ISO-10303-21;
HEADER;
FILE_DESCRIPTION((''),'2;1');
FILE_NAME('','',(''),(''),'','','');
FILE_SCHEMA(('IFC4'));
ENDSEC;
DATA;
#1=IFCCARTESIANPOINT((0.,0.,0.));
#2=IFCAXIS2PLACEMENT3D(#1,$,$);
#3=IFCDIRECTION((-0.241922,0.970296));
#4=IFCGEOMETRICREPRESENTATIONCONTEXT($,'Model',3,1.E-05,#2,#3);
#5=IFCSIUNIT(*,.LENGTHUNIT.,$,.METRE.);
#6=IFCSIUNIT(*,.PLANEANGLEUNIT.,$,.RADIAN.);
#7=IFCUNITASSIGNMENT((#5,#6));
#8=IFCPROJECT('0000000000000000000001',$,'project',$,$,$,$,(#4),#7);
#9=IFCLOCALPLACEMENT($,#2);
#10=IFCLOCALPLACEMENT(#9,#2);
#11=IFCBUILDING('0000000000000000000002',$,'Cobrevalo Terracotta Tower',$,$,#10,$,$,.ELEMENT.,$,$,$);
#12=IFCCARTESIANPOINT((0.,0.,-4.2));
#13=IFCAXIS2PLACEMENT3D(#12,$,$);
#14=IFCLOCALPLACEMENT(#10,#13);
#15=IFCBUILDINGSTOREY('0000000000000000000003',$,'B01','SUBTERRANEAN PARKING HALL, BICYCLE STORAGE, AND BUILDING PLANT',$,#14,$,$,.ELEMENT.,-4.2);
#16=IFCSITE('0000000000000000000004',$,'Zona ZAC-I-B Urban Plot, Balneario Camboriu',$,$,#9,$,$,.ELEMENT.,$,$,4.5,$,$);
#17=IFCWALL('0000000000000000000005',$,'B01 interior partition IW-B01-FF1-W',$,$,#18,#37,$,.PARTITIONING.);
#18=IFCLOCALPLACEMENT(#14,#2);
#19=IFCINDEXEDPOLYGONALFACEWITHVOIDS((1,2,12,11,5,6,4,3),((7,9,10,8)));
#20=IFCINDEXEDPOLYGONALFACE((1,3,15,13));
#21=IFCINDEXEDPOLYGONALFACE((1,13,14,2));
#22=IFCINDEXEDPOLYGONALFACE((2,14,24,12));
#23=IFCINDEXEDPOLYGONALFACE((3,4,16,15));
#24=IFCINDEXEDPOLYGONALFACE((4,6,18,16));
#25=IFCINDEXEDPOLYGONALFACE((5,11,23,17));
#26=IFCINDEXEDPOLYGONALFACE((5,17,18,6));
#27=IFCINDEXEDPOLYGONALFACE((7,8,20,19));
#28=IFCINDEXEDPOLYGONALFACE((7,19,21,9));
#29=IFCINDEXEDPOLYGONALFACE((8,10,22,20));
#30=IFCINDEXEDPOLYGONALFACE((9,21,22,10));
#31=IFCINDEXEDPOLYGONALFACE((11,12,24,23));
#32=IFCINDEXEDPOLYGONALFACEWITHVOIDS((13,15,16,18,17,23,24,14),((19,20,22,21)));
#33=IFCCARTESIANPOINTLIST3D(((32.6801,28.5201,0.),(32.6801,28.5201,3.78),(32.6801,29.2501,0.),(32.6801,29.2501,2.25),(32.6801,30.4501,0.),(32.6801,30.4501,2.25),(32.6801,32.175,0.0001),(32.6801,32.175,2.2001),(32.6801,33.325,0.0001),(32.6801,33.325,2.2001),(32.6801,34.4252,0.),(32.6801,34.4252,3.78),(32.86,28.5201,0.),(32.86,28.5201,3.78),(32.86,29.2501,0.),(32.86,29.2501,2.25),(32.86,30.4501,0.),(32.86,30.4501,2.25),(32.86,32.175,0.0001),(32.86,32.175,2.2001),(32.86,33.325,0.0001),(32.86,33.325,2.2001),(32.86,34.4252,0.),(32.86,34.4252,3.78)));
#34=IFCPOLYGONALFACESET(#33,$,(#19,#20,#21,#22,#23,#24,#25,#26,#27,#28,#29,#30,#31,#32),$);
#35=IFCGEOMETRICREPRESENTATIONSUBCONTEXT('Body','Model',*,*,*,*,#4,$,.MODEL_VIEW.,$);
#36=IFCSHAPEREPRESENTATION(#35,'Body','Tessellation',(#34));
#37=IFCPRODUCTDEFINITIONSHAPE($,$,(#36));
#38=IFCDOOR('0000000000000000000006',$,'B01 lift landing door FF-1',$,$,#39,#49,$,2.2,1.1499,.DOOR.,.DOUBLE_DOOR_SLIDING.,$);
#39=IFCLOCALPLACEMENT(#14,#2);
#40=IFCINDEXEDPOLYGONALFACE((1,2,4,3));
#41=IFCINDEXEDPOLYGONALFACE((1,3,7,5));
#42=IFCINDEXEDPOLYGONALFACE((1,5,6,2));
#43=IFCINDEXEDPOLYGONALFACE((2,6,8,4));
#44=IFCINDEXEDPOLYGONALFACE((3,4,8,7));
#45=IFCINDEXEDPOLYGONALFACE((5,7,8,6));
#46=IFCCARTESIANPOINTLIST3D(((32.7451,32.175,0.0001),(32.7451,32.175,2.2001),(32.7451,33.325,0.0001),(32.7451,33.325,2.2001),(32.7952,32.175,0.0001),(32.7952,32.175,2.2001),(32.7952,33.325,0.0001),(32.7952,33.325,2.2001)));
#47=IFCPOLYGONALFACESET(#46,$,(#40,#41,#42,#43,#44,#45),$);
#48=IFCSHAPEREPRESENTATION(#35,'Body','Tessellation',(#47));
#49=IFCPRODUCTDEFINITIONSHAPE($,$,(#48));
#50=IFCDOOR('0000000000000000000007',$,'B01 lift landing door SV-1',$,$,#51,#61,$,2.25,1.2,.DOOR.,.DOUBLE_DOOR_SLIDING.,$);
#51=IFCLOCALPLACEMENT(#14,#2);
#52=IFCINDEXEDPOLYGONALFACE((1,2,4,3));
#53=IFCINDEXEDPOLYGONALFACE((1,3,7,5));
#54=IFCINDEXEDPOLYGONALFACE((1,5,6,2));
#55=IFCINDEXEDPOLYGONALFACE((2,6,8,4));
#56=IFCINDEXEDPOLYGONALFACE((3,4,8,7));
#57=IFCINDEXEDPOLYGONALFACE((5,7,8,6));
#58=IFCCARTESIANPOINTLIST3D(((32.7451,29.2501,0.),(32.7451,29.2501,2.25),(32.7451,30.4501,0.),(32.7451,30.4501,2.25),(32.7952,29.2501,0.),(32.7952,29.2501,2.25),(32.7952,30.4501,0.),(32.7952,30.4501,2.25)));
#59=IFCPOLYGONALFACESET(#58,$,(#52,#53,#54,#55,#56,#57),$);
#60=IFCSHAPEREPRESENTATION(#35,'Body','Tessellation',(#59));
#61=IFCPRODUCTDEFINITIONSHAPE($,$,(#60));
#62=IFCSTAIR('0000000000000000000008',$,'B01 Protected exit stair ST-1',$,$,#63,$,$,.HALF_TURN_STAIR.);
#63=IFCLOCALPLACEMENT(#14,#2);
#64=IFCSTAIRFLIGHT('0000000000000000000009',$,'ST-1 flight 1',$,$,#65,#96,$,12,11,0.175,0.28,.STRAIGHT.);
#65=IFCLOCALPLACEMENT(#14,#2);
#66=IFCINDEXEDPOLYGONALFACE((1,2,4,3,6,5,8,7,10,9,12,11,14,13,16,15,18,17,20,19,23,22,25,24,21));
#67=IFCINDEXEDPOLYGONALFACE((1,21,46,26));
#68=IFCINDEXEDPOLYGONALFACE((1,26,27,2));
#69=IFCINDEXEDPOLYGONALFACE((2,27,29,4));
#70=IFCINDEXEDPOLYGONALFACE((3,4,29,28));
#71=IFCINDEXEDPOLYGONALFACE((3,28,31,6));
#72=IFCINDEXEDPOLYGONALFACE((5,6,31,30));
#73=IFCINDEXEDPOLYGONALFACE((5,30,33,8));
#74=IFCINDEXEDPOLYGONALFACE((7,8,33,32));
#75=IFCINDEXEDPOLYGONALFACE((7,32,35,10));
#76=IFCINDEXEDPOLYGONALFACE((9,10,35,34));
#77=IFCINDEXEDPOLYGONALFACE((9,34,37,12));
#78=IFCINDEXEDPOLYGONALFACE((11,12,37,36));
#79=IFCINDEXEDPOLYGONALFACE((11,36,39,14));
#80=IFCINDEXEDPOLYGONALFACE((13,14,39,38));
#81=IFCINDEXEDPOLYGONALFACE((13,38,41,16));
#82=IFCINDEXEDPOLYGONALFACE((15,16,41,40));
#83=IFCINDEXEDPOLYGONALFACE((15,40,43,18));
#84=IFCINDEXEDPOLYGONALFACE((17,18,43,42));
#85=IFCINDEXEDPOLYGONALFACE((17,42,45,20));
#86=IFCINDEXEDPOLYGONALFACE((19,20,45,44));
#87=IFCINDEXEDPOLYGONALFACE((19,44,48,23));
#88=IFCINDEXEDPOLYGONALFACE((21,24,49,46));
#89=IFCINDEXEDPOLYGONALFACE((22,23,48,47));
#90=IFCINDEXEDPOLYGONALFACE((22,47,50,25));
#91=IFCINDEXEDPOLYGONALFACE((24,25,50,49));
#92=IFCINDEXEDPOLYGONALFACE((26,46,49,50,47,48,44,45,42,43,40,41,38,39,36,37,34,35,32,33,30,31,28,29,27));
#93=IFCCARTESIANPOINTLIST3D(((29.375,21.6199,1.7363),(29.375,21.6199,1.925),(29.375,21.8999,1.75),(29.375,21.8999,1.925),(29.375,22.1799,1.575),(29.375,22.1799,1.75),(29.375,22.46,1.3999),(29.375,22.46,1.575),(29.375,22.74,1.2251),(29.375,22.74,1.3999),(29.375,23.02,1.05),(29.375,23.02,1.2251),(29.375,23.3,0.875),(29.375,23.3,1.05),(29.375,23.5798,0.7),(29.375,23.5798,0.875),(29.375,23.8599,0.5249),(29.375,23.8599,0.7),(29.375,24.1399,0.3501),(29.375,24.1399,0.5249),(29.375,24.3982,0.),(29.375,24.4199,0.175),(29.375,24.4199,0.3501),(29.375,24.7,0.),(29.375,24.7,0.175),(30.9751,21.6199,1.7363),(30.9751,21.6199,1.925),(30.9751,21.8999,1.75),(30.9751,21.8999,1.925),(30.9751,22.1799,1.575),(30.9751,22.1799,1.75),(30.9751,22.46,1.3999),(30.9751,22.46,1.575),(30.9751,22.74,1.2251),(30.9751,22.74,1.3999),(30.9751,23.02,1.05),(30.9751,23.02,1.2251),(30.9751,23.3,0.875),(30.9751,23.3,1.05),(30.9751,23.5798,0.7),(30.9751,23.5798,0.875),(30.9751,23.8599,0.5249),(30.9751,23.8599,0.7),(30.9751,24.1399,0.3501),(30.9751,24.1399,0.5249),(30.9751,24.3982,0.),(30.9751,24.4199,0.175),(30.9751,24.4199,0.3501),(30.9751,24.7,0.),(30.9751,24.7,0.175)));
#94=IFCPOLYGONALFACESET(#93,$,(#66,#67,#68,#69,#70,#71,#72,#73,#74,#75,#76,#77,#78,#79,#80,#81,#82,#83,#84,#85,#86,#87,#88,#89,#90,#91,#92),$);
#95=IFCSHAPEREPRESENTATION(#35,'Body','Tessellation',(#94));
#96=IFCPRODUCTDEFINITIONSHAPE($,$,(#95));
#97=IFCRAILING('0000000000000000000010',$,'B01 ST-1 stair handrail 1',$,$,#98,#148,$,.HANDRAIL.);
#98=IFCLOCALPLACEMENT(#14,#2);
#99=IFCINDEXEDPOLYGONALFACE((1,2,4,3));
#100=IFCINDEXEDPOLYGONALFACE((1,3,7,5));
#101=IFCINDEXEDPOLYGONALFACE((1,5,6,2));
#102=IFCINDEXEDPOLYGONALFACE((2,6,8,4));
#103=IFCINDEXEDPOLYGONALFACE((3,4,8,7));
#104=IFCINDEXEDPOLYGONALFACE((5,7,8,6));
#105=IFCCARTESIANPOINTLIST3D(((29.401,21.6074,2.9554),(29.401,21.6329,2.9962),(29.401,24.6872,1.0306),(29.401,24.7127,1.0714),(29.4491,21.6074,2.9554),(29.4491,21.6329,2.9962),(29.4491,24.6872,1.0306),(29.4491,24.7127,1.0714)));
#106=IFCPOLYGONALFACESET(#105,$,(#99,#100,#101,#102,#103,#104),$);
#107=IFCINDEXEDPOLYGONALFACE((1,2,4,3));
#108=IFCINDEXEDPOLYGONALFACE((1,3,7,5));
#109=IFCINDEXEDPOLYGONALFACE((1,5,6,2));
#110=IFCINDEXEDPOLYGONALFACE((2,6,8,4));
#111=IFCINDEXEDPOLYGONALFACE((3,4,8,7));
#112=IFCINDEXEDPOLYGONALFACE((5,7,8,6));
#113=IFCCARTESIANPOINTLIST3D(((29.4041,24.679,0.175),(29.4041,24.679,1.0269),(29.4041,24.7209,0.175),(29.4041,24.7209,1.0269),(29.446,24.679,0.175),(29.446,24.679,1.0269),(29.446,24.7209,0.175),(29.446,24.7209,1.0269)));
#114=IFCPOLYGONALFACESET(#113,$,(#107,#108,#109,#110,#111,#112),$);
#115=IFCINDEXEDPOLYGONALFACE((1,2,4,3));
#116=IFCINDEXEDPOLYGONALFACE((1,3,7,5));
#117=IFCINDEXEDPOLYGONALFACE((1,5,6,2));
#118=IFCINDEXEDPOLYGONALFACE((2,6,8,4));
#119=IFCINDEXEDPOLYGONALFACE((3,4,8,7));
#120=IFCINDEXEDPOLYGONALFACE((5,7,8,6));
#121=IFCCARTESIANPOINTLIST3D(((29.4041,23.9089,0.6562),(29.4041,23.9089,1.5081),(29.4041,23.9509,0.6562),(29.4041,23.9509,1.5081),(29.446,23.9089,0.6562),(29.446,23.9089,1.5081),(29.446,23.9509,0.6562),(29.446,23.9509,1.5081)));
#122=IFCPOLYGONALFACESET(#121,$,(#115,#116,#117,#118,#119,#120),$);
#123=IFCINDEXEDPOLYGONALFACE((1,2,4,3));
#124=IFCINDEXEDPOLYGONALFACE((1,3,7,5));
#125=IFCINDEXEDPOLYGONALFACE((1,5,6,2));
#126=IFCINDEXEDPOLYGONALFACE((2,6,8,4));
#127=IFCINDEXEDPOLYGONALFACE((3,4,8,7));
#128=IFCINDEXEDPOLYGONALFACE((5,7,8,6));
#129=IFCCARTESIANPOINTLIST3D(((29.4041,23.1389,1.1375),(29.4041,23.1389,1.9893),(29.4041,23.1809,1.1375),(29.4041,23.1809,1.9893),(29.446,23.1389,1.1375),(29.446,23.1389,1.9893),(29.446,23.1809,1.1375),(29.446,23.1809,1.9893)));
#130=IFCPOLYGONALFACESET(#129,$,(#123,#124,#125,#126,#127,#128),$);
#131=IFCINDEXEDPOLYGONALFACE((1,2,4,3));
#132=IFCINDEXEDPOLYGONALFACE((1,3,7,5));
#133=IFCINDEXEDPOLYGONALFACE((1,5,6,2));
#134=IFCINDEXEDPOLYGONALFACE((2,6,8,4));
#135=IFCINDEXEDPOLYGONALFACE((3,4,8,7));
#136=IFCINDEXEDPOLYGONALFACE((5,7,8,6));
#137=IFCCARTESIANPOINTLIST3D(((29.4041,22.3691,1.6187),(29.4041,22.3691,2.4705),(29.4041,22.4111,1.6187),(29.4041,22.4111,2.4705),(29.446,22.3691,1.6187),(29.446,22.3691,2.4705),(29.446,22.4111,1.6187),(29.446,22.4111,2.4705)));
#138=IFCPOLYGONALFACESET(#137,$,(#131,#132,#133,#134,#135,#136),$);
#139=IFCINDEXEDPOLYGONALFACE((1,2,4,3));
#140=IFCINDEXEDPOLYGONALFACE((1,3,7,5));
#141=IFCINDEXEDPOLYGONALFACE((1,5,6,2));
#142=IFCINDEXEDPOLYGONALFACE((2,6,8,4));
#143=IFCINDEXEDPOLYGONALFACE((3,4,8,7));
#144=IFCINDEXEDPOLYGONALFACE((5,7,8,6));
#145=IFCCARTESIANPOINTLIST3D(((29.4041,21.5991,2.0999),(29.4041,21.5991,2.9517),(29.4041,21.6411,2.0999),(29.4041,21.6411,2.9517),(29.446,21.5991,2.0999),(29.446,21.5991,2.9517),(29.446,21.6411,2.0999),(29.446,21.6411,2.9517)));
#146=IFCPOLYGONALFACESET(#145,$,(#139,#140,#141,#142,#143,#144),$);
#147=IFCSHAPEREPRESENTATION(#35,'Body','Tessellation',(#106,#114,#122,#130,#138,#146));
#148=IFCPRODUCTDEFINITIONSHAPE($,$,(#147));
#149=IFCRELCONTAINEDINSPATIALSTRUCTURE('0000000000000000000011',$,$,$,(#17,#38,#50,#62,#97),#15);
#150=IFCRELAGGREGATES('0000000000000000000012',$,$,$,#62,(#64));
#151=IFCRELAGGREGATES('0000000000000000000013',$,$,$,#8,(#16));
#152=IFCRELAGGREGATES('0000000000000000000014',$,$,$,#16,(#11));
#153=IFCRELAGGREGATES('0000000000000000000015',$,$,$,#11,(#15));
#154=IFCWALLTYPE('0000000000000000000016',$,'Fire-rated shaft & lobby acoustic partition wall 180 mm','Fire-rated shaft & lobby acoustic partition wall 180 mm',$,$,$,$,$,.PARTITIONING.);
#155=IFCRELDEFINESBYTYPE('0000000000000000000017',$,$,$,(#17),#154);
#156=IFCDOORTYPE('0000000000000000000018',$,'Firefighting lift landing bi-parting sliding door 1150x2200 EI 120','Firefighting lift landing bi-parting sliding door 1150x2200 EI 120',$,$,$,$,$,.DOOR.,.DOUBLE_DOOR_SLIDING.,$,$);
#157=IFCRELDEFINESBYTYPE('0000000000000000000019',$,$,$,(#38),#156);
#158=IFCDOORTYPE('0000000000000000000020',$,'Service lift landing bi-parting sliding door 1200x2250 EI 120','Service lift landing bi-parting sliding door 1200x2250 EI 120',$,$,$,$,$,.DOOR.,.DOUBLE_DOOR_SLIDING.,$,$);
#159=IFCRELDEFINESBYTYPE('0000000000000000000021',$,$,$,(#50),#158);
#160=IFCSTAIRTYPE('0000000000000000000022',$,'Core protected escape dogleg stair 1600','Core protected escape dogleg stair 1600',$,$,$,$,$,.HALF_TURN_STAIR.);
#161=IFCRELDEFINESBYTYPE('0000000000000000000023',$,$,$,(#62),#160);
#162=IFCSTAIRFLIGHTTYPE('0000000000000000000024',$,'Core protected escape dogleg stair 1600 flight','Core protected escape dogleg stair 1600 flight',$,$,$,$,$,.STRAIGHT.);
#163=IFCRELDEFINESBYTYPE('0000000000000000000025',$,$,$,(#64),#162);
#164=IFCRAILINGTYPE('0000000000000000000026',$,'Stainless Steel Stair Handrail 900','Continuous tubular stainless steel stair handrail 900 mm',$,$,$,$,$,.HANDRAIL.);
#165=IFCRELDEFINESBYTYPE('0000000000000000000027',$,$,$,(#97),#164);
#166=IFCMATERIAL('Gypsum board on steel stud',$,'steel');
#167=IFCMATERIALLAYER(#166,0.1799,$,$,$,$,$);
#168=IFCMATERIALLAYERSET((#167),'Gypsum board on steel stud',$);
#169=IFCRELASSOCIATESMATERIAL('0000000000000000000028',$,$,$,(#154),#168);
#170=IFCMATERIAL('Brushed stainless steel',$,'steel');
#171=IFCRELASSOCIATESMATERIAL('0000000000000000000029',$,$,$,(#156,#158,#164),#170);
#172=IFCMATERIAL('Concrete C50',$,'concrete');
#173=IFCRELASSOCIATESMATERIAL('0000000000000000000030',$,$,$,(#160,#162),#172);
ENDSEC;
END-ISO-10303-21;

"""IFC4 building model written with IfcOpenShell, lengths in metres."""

from ifc_helpers import new_model, si_unit, direction, frame, frame_2d, origin, origin_2d, place, context, subcontext, project, spatial, polyline, rectangle, outline, extrude, source, transform, mapped, material, layer, layer_set, type_object, element, fill, aggregate, save


model = new_model("IFC4")

# Units and contexts
model_context = context("Model", 3, precision=1e-05, world=origin(), true_north=direction((-0.241922, 0.970296)))
body_context = subcontext(model_context, "Body", "Model", "MODEL_VIEW")
ifc_project = project(units=[si_unit("LENGTHUNIT", "METRE"), si_unit("PLANEANGLEUNIT", "RADIAN")], contexts=[model_context])

# Site, building, storey
site_placement = place(None, origin())
site = spatial("IfcSite", under=ifc_project, at=site_placement, Name="Zona ZAC-I-B Urban Plot, Balneario Camboriu", CompositionType="ELEMENT", RefElevation=4.5)
building_placement = place(site_placement, origin())
building = spatial("IfcBuilding", under=site, at=building_placement, Name="Cobrevalo Terracotta Tower", CompositionType="ELEMENT")
storey_placement = place(building_placement, frame((0.0, 0.0, -4.2)))
storey = spatial("IfcBuildingStorey", under=building, at=storey_placement, Name="B01", Description="SUBTERRANEAN PARKING HALL, BICYCLE STORAGE, AND BUILDING PLANT", CompositionType="ELEMENT", Elevation=-4.2)

# Shared definitions
ifc_material_1 = material(Name="Gypsum board on steel stud", Category="steel")

# Shared definitions
ifc_layer_1 = layer(ifc_material_1, 0.1799)
ifc_layer_set_1 = layer_set([ifc_layer_1], Name="Gypsum board on steel stud")
wall_type_1 = type_object("IfcWallType", Name="Fire-rated shaft & lobby acoustic partition wall 180 mm", Description="Fire-rated shaft & lobby acoustic partition wall 180 mm", PredefinedType="PARTITIONING", material=ifc_layer_set_1)

# Wall, openings, doors
wall_1_placement = place(storey_placement, frame((32.77, 28.52, 0.0), z_axis=(0.0, 0.0, 1.0), x_axis=(0.0, 1.0, 0.0)))
wall_1 = element("IfcWall", 1, at=wall_1_placement, inside=storey, type_object=wall_type_1, Name="B01 interior partition IW-B01-FF1-W", PredefinedType="PARTITIONING", context=body_context, shape_type="SweptSolid", body=[
    extrude(rectangle(XDim=5.905, YDim=0.1799, at=frame_2d((2.9526, 0.0))), origin(), (0.0, 0.0, 1.0), 3.78),
])
opening_1_placement = place(wall_1_placement, frame((3.655, 0.0, 0.0)))
opening_1 = element("IfcOpeningElement", 2, at=opening_1_placement, cuts=wall_1, PredefinedType="OPENING", context=body_context, shape_type="SweptSolid", body=[
    extrude(rectangle(XDim=1.1499, YDim=2.2, at=frame_2d((0.575, 1.1001))), frame((0.0, 0.1001, 0.0), z_axis=(0.0, -1.0, 0.0), x_axis=(1.0, 0.0, 0.0)), (0.0, 0.0, 1.0), 0.2),
])
opening_2_placement = place(wall_1_placement, frame((0.73, 0.0, 0.0)))
opening_2 = element("IfcOpeningElement", 3, at=opening_2_placement, cuts=wall_1, PredefinedType="OPENING", context=body_context, shape_type="SweptSolid", body=[
    extrude(rectangle(XDim=1.2, YDim=2.25, at=frame_2d((0.6001, 1.125))), frame((0.0, 0.1001, 0.0), z_axis=(0.0, -1.0, 0.0), x_axis=(1.0, 0.0, 0.0)), (0.0, 0.0, 1.0), 0.2),
])
ifc_material_2 = material(Name="Brushed stainless steel", Category="steel")
door_type_1 = type_object("IfcDoorType", Name="Firefighting lift landing bi-parting sliding door 1150x2200 EI 120", Description="Firefighting lift landing bi-parting sliding door 1150x2200 EI 120", OperationType="DOUBLE_DOOR_SLIDING", PredefinedType="DOOR", material=ifc_material_2)
shared_shape_1 = source(origin(), body_context, "Body", "SweptSolid", [
    extrude(rectangle(XDim=1.1499, YDim=2.2, at=frame_2d((0.575, 1.1001))), frame((0.0, 0.0249, 0.0), z_axis=(0.0, -1.0, 0.0), x_axis=(1.0, 0.0, 0.0)), (0.0, 0.0, 1.0), 0.05),
])
door_1_placement = place(opening_1_placement, origin())
door_1 = element("IfcDoor", 4, at=door_1_placement, inside=storey, type_object=door_type_1, Name="B01 lift landing door FF-1", OperationType="DOUBLE_DOOR_SLIDING", OverallHeight=2.2, OverallWidth=1.1499, PredefinedType="DOOR", context=body_context, shape_type="MappedRepresentation", body=[
    mapped(shared_shape_1, transform((0.0, 0.0, 0.0), scale=1.0)),
])
fill(opening_1, door_1)
door_type_2 = type_object("IfcDoorType", Name="Service lift landing bi-parting sliding door 1200x2250 EI 120", Description="Service lift landing bi-parting sliding door 1200x2250 EI 120", OperationType="DOUBLE_DOOR_SLIDING", PredefinedType="DOOR", material=ifc_material_2)
shared_shape_2 = source(origin(), body_context, "Body", "SweptSolid", [
    extrude(rectangle(XDim=1.2, YDim=2.25, at=frame_2d((0.6001, 1.125))), frame((0.0, 0.0249, 0.0), z_axis=(0.0, -1.0, 0.0), x_axis=(1.0, 0.0, 0.0)), (0.0, 0.0, 1.0), 0.05),
])
door_2_placement = place(opening_2_placement, origin())
door_2 = element("IfcDoor", 5, at=door_2_placement, inside=storey, type_object=door_type_2, Name="B01 lift landing door SV-1", OperationType="DOUBLE_DOOR_SLIDING", OverallHeight=2.25, OverallWidth=1.2, PredefinedType="DOOR", context=body_context, shape_type="MappedRepresentation", body=[
    mapped(shared_shape_2, transform((0.0, 0.0, 0.0), scale=1.0)),
])
fill(opening_2, door_2)

# Shared definitions
ifc_material_3 = material(Name="Concrete C50", Category="concrete")

# Stair, stair flight
stair_type = type_object("IfcStairType", Name="Core protected escape dogleg stair 1600", Description="Core protected escape dogleg stair 1600", PredefinedType="HALF_TURN_STAIR", material=ifc_material_3)
stair_placement = place(storey_placement, origin())
stair = element("IfcStair", 6, at=stair_placement, inside=storey, type_object=stair_type, Name="B01 Protected exit stair ST-1", PredefinedType="HALF_TURN_STAIR")
stair_flight_type = type_object("IfcStairFlightType", Name="Core protected escape dogleg stair 1600 flight", Description="Core protected escape dogleg stair 1600 flight", PredefinedType="STRAIGHT", material=ifc_material_3)
stair_flight_placement = place(storey_placement, frame((30.175, 24.7, 0.0), z_axis=(0.0, 0.0, 1.0), x_axis=(0.0, -1.0, 0.0)))
stair_flight = element("IfcStairFlight", 7, at=stair_flight_placement, type_object=stair_flight_type, Name="ST-1 flight 1", NumberOfRisers=12, NumberOfTreads=11, PredefinedType="STRAIGHT", RiserHeight=0.175, TreadLength=0.28, context=body_context, shape_type="SweptSolid", body=[
    extrude(outline(polyline([(0.0, 0.0), (0.0, 0.175), (0.28, 0.175), (0.28, 0.3501), (0.5601, 0.3501), (0.5601, 0.5249), (0.8401, 0.5249), (0.8401, 0.7), (1.1201, 0.7), (1.1201, 0.875), (1.3999, 0.875), (1.3999, 1.05), (1.6799, 1.05), (1.6799, 1.2251), (1.96, 1.2251), (1.96, 1.3999), (2.24, 1.3999), (2.24, 1.575), (2.52, 1.575), (2.52, 1.75), (2.8, 1.75), (2.8, 1.925), (3.0801, 1.925), (3.0801, 2.1001), (3.0801, 1.7363), (0.3018, 0.0), (0.0, 0.0)])), frame((0.0, 0.8, 0.0), z_axis=(0.0, -1.0, 0.0), x_axis=(1.0, 0.0, 0.0)), (0.0, 0.0, 1.0), 1.6001),
])
aggregate(stair, [stair_flight])

# Railing
railing_type_1 = type_object("IfcRailingType", Name="Stainless Steel Stair Handrail 900", Description="Continuous tubular stainless steel stair handrail 900 mm", PredefinedType="HANDRAIL", material=ifc_material_2)
railing_1_placement = place(storey_placement, frame((29.425, 24.7, 0.175)))
element("IfcRailing", 8, at=railing_1_placement, inside=storey, type_object=railing_type_1, Name="B01 ST-1 stair handrail 1", PredefinedType="HANDRAIL", context=body_context, shape_type="SweptSolid", body=[
    extrude(rectangle(XDim=0.0481, YDim=0.0481, at=origin_2d()), frame((0.0, 0.0, 0.876), z_axis=(0.0, -0.84801, 0.529981), x_axis=(1.0, 0.0, 0.0)), (0.0, 0.0, 1.0), 3.6318),
    extrude(rectangle(XDim=0.042, YDim=0.042, at=origin_2d()), origin(), (0.0, 0.0, 1.0), 0.8518),
    extrude(rectangle(XDim=0.042, YDim=0.042, at=origin_2d()), frame((0.0, -0.77, 0.4812)), (0.0, 0.0, 1.0), 0.8518),
    extrude(rectangle(XDim=0.042, YDim=0.042, at=origin_2d()), frame((0.0, -1.54, 0.9624)), (0.0, 0.0, 1.0), 0.8518),
    extrude(rectangle(XDim=0.042, YDim=0.042, at=origin_2d()), frame((0.0, -2.3098, 1.4436)), (0.0, 0.0, 1.0), 0.8518),
    extrude(rectangle(XDim=0.042, YDim=0.042, at=origin_2d()), frame((0.0, -3.0798, 1.9248)), (0.0, 0.0, 1.0), 0.8518),
])

save(model, "model.ifc")
